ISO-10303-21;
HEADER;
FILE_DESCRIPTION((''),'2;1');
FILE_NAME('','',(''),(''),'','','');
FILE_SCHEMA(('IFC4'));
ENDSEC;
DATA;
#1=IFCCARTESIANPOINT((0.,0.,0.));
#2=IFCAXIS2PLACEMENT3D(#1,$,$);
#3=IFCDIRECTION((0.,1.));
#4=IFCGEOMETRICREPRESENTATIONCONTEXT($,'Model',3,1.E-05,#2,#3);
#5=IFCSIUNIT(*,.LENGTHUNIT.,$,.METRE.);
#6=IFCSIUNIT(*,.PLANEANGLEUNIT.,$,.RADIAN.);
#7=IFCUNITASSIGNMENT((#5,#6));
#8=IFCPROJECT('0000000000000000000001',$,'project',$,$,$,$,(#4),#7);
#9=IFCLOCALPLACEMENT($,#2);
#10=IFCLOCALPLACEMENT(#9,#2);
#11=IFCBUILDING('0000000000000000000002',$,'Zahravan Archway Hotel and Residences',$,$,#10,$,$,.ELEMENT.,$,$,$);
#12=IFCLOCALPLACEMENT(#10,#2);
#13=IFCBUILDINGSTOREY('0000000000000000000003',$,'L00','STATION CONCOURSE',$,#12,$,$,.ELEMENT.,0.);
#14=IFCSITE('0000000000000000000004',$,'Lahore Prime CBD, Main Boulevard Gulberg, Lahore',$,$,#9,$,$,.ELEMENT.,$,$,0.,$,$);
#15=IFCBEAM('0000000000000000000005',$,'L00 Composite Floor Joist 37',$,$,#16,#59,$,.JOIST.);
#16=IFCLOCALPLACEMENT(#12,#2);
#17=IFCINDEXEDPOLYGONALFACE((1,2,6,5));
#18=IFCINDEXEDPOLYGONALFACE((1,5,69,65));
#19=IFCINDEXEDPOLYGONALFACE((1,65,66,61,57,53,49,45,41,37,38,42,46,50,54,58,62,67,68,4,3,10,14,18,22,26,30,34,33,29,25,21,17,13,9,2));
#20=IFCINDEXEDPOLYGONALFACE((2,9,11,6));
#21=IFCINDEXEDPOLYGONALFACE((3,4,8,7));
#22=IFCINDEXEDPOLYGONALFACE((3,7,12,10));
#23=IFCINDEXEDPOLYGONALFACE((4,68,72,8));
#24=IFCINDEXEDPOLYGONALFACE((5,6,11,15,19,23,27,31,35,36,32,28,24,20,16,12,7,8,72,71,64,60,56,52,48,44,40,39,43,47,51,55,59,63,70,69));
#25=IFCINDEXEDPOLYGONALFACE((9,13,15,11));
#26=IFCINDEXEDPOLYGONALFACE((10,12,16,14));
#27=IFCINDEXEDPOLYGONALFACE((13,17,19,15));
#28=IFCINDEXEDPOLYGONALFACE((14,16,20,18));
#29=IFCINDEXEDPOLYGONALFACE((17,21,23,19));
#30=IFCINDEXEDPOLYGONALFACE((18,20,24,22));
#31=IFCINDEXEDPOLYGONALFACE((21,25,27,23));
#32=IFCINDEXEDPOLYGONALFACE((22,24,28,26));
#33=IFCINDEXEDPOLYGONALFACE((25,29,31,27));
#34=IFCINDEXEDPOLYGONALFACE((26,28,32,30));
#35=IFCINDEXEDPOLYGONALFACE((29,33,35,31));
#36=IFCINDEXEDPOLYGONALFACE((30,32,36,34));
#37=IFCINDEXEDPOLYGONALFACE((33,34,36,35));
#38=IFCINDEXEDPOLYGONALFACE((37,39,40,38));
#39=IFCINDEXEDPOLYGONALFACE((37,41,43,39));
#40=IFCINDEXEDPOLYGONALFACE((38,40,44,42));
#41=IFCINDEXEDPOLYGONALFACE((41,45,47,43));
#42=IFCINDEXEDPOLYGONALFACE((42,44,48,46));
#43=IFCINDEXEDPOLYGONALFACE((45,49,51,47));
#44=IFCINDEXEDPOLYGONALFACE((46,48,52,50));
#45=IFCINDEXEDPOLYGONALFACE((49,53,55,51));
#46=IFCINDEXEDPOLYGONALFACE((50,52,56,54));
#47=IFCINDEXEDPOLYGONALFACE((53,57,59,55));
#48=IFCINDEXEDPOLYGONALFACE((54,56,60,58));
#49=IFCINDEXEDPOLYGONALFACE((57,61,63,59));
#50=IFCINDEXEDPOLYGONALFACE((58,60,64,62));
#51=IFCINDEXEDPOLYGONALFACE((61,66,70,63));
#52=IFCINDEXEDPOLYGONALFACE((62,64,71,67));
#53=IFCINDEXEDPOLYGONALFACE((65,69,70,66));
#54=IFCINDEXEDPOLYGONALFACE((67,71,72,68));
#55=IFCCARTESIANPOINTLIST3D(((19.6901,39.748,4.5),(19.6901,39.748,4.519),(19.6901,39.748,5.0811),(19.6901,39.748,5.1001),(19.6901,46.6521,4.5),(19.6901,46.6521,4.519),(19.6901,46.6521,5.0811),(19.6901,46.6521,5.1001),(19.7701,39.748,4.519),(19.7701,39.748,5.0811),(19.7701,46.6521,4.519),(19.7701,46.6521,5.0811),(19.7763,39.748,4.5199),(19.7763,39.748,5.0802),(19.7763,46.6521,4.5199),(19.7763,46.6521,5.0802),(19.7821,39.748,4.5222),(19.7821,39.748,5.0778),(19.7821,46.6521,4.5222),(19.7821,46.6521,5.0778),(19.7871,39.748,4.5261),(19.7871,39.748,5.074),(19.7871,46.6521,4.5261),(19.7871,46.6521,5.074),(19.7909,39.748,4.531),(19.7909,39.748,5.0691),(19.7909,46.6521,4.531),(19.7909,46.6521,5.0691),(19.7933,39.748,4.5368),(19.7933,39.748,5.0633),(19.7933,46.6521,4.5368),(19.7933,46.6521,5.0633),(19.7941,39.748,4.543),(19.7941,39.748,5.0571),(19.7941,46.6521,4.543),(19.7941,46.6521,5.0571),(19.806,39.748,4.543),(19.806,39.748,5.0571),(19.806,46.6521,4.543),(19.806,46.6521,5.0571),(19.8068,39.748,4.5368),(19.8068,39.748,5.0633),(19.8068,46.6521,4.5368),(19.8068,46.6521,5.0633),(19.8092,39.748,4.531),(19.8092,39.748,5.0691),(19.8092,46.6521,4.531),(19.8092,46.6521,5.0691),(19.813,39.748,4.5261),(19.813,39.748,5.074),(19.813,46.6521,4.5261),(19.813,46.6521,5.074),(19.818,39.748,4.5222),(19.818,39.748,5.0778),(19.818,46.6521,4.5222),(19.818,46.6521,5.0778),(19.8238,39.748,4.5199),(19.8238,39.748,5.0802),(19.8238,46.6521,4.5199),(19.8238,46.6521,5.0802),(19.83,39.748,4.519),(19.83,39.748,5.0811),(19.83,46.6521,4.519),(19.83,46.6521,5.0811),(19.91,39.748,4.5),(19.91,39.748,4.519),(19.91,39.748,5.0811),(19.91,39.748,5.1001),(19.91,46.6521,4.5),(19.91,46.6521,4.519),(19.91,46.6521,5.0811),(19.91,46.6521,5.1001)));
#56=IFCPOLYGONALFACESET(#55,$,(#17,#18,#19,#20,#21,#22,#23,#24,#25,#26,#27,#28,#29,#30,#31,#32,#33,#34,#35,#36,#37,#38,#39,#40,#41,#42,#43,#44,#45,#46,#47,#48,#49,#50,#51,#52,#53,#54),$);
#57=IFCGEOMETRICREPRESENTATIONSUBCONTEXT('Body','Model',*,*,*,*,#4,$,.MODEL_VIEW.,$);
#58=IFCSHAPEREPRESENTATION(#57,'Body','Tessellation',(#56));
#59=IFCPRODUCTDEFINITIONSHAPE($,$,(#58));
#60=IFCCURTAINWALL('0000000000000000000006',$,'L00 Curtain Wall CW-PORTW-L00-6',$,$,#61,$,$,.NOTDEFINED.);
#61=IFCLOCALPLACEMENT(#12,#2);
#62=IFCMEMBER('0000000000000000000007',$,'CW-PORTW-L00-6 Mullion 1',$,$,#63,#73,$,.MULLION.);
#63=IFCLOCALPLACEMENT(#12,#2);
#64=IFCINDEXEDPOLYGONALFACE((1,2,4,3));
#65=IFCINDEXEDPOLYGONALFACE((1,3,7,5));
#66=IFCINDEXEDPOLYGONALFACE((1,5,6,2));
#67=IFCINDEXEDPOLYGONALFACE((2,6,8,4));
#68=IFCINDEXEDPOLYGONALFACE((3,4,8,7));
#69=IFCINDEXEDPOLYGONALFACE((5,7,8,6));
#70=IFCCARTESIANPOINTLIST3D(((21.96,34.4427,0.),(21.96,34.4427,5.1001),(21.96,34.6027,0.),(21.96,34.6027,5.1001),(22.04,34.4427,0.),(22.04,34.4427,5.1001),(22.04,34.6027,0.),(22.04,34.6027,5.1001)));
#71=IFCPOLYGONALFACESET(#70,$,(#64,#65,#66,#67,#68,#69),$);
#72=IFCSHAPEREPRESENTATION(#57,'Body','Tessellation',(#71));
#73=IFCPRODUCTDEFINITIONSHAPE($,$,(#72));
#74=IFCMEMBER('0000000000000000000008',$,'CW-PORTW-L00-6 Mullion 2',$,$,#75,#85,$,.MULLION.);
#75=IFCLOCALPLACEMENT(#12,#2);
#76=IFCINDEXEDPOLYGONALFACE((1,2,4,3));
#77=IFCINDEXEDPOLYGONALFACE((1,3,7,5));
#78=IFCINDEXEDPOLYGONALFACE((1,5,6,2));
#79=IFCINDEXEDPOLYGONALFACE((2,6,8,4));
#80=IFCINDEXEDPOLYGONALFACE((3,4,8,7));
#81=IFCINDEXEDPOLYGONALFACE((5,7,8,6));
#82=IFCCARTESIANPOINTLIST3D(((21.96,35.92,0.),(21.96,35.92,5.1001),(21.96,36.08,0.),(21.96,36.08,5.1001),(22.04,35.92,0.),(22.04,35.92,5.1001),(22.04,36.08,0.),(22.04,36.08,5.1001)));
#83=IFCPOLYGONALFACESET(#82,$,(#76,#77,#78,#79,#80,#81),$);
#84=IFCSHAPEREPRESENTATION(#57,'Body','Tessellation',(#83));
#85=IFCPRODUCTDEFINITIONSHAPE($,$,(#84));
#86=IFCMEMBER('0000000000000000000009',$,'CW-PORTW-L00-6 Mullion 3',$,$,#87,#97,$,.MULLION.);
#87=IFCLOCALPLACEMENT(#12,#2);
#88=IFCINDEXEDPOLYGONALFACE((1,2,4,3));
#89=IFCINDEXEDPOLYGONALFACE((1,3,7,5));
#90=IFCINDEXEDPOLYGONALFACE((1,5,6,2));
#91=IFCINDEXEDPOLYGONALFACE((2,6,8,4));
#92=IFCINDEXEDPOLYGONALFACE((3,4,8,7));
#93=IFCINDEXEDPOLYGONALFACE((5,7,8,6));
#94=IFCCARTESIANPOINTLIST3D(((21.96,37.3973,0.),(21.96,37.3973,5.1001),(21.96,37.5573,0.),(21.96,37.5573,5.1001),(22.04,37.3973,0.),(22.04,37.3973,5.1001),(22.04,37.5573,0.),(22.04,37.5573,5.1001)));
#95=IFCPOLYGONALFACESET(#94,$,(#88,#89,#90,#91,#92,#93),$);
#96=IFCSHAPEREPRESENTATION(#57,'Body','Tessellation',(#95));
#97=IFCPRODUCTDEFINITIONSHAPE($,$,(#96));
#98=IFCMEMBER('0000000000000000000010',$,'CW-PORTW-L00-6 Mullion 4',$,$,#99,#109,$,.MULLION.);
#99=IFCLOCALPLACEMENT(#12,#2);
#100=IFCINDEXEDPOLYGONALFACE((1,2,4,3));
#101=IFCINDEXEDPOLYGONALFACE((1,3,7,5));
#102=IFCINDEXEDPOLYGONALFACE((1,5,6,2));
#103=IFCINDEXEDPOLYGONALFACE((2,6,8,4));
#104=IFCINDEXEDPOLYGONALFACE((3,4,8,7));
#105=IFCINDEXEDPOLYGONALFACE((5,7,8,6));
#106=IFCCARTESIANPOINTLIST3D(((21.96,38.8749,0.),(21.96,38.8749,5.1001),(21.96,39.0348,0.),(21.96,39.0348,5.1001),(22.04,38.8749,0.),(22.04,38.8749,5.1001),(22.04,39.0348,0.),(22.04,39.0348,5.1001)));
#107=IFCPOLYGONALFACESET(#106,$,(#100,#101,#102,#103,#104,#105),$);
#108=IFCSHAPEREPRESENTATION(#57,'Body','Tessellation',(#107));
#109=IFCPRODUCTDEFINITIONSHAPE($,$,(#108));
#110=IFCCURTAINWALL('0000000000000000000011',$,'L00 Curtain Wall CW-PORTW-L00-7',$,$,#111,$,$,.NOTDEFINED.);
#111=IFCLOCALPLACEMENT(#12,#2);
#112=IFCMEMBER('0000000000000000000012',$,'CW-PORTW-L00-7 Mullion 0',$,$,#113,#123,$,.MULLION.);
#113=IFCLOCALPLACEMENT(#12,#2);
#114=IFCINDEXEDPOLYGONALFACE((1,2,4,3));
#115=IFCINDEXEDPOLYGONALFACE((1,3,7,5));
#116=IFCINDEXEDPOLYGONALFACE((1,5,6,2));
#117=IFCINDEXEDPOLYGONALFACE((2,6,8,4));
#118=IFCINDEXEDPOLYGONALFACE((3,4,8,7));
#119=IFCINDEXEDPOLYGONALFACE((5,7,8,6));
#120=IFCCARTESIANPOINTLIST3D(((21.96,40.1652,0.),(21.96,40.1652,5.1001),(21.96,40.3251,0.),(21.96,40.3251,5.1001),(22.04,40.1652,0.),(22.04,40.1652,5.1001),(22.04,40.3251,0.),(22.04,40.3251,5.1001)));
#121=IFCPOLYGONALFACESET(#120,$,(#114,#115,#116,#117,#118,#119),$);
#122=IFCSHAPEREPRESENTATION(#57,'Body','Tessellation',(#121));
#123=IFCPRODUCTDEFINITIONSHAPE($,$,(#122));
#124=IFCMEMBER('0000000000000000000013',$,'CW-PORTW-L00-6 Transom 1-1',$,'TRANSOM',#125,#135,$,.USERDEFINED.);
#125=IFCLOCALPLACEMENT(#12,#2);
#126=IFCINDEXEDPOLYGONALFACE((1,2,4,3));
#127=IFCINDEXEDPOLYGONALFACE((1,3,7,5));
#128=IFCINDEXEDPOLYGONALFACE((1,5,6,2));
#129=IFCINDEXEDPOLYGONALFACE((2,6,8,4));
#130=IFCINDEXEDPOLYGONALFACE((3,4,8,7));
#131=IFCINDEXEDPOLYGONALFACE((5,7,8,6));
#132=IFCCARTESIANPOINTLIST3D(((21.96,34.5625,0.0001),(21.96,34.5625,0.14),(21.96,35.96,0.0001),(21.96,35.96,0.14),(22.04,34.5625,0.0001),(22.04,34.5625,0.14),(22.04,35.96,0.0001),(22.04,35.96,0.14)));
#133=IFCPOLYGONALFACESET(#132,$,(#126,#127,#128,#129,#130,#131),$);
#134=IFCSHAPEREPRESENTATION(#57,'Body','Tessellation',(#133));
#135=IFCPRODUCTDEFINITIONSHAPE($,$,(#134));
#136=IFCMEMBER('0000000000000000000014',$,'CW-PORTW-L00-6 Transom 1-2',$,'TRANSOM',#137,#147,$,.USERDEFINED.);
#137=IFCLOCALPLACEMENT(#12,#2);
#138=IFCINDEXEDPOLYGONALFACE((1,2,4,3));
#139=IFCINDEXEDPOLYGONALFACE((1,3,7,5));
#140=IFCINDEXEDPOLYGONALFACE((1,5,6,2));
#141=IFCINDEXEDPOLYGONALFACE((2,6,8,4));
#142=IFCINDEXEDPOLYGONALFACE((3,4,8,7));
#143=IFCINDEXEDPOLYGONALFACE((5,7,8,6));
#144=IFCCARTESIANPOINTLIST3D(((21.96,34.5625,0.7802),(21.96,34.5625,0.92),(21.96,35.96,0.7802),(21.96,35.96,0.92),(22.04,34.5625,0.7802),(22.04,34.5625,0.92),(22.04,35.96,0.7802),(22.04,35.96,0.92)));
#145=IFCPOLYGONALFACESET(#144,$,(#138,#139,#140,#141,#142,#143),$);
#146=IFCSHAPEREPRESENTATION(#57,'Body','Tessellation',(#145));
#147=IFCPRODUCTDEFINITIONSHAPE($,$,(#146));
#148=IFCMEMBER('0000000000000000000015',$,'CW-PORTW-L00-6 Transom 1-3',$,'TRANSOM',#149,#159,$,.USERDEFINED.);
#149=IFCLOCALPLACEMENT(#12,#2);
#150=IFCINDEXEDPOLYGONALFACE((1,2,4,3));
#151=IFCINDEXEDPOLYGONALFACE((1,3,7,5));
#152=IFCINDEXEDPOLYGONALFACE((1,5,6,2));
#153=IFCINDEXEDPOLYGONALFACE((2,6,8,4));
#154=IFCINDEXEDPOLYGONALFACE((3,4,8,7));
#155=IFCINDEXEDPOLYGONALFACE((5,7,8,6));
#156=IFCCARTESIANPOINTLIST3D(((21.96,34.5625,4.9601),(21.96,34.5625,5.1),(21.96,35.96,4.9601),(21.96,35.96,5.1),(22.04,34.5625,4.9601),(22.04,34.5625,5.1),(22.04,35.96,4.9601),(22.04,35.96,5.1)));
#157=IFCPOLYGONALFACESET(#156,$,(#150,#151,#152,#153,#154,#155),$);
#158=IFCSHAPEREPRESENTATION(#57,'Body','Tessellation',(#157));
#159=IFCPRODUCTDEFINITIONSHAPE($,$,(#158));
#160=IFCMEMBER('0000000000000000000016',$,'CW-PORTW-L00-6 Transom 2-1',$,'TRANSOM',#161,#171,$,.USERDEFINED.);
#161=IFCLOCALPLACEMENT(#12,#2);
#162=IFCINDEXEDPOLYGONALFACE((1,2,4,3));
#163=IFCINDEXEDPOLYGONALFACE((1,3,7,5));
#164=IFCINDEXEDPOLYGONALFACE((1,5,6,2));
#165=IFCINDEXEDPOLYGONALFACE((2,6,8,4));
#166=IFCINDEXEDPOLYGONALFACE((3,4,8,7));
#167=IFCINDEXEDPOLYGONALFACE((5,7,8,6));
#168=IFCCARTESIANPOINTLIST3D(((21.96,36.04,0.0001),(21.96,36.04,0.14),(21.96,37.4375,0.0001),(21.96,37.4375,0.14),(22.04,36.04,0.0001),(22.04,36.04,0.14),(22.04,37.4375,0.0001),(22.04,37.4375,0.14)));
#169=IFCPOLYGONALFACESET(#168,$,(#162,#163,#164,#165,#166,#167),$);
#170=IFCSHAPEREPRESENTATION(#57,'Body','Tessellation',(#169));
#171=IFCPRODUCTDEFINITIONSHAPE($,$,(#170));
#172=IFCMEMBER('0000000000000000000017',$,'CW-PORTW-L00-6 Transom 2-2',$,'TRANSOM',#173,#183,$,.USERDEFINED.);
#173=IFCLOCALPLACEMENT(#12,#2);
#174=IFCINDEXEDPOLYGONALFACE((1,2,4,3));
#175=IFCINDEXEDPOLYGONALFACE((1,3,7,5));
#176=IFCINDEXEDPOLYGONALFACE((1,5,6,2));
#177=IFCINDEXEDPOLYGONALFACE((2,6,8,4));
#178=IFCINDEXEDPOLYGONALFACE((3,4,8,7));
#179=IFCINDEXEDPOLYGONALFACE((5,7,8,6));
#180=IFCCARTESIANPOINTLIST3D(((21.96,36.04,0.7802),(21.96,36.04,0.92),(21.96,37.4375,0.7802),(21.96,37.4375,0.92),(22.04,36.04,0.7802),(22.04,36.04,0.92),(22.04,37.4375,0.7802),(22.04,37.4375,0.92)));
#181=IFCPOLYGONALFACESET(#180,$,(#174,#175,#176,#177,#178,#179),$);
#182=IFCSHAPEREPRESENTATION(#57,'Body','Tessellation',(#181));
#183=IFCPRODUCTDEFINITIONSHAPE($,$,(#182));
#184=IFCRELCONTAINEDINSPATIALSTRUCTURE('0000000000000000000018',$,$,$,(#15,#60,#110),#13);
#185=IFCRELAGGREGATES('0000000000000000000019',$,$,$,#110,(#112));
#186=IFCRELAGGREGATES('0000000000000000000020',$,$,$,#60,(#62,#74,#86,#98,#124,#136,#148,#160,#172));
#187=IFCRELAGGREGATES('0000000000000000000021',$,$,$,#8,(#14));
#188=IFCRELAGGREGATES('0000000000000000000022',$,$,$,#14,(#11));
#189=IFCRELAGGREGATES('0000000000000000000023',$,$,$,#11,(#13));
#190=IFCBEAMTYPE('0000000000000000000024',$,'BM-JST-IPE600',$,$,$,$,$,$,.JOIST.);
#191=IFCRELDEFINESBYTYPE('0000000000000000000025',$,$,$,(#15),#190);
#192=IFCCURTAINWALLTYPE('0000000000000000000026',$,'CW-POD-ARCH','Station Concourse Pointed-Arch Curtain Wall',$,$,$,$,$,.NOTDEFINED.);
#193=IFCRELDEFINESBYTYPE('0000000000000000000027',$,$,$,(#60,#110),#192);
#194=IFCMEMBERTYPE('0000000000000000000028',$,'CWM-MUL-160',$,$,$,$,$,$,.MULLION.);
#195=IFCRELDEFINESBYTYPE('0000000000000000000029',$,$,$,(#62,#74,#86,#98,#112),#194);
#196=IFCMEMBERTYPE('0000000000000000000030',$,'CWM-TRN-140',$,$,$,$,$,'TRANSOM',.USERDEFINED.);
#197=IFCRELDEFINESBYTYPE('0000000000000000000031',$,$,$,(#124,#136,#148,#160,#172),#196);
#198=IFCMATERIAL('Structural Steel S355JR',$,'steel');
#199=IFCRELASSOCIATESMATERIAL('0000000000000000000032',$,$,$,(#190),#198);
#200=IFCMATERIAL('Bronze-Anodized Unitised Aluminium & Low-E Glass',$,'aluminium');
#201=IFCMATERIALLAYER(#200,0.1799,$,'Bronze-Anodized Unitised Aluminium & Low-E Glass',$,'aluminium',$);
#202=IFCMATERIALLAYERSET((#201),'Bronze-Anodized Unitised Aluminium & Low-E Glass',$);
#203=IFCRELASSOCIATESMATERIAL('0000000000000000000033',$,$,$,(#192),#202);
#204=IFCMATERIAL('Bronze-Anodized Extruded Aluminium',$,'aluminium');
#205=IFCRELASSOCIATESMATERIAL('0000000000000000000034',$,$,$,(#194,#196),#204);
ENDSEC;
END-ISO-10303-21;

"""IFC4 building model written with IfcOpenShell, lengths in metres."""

from ifc_helpers import new_model, si_unit, direction, frame, origin, origin_2d, place, context, subcontext, project, spatial, rectangle, i_section, extrude, source, transform, mapped, material, layer, layer_set, material_profile, profile_set, type_object, type_shapes, element, aggregate, save


model = new_model("IFC4")

# Units and contexts
model_context = context("Model", 3, precision=1e-05, world=origin(), true_north=direction((0.0, 1.0)))
body_context = subcontext(model_context, "Body", "Model", "MODEL_VIEW")
ifc_project = project(units=[si_unit("LENGTHUNIT", "METRE"), si_unit("PLANEANGLEUNIT", "RADIAN")], contexts=[model_context])

# Site, building, storey
site_placement = place(None, origin())
site = spatial("IfcSite", under=ifc_project, at=site_placement, Name="Lahore Prime CBD, Main Boulevard Gulberg, Lahore", CompositionType="ELEMENT", RefElevation=0.0)
building_placement = place(site_placement, origin())
building = spatial("IfcBuilding", under=site, at=building_placement, Name="Zahravan Archway Hotel and Residences", CompositionType="ELEMENT")
storey_placement = place(building_placement, origin())
storey = spatial("IfcBuildingStorey", under=building, at=storey_placement, Name="L00", Description="STATION CONCOURSE", CompositionType="ELEMENT", Elevation=0.0)

# Beam
ifc_material_1 = material(Name="Structural Steel S355JR", Category="steel")
ifc_material_profile_1 = material_profile(ifc_material_1, i_section(OverallWidth=0.22, OverallDepth=0.6001, WebThickness=0.012, FlangeThickness=0.019, FilletRadius=0.0239, at=origin_2d()), Name="IPE 600", Category="steel")
ifc_profile_set_1 = profile_set([ifc_material_profile_1], Name="Structural Steel S355JR")
beam_type_1 = type_object("IfcBeamType", Name="BM-JST-IPE600", PredefinedType="JOIST", material=ifc_profile_set_1)
shared_shape_1 = source(origin(), body_context, "Body", "SweptSolid", [
    extrude(i_section(OverallWidth=0.22, OverallDepth=0.6001, WebThickness=0.012, FlangeThickness=0.019, FilletRadius=0.0239, at=origin_2d()), origin(), (0.0, 0.0, 1.0), 6.9041),
])
type_shapes(beam_type_1, [shared_shape_1])
for number, where, z_axis, x_axis, name in (
    (1, (19.8, 39.748, 4.8), (0.0, 1.0, 0.0), (-1.0, 0.0, 0.0), "L00 Composite Floor Joist 37"),
):
    element("IfcBeam", number, at=place(storey_placement, frame(where, z_axis=z_axis, x_axis=x_axis)), inside=storey, type_object=beam_type_1, Name=name, PredefinedType="JOIST", context=body_context, shape_type="MappedRepresentation", body=[
        mapped(shared_shape_1, transform((0.0, 0.0, 0.0), scale=1.0)),
    ])

# Curtain wall, members
ifc_material_2 = material(Name="Bronze-Anodized Unitised Aluminium & Low-E Glass", Category="aluminium")
ifc_layer_1 = layer(ifc_material_2, 0.1799, Name="Bronze-Anodized Unitised Aluminium & Low-E Glass", Category="aluminium")
ifc_layer_set_1 = layer_set([ifc_layer_1], Name="Bronze-Anodized Unitised Aluminium & Low-E Glass")
curtain_wall_type = type_object("IfcCurtainWallType", Name="CW-POD-ARCH", Description="Station Concourse Pointed-Arch Curtain Wall", PredefinedType="NOTDEFINED", material=ifc_layer_set_1)
curtain_wall_1_placement = place(storey_placement, origin())
curtain_wall_1 = element("IfcCurtainWall", 2, at=curtain_wall_1_placement, inside=storey, type_object=curtain_wall_type, Name="L00 Curtain Wall CW-PORTW-L00-6", PredefinedType="NOTDEFINED")
ifc_material_3 = material(Name="Bronze-Anodized Extruded Aluminium", Category="aluminium")
ifc_material_profile_2 = material_profile(ifc_material_3, rectangle(XDim=0.0801, YDim=0.1599, at=origin_2d()), Name="MUL 80x160", Category="aluminium")
ifc_profile_set_2 = profile_set([ifc_material_profile_2], Name="Bronze-Anodized Extruded Aluminium")
member_type_1 = type_object("IfcMemberType", Name="CWM-MUL-160", PredefinedType="MULLION", material=ifc_profile_set_2)
shared_shape_2 = source(origin(), body_context, "Body", "SweptSolid", [
    extrude(rectangle(XDim=0.0801, YDim=0.1599, at=origin_2d()), origin(), (0.0, 0.0, 1.0), 5.1001),
])
member_1_placement = place(storey_placement, frame((22.0, 34.5227, 0.0), z_axis=(0.0, 0.0, 1.0), x_axis=(1.0, 0.0, 0.0)))
member_1 = element("IfcMember", 3, at=member_1_placement, type_object=member_type_1, Name="CW-PORTW-L00-6 Mullion 1", PredefinedType="MULLION", context=body_context, shape_type="MappedRepresentation", body=[
    mapped(shared_shape_2, transform((0.0, 0.0, 0.0), scale=1.0)),
])
member_2_placement = place(storey_placement, frame((22.0, 36.0, 0.0), z_axis=(0.0, 0.0, 1.0), x_axis=(1.0, 0.0, 0.0)))
member_2 = element("IfcMember", 4, at=member_2_placement, type_object=member_type_1, Name="CW-PORTW-L00-6 Mullion 2", PredefinedType="MULLION", context=body_context, shape_type="MappedRepresentation", body=[
    mapped(shared_shape_2, transform((0.0, 0.0, 0.0), scale=1.0)),
])
member_3_placement = place(storey_placement, frame((22.0, 37.4773, 0.0), z_axis=(0.0, 0.0, 1.0), x_axis=(1.0, 0.0, 0.0)))
member_3 = element("IfcMember", 5, at=member_3_placement, type_object=member_type_1, Name="CW-PORTW-L00-6 Mullion 3", PredefinedType="MULLION", context=body_context, shape_type="MappedRepresentation", body=[
    mapped(shared_shape_2, transform((0.0, 0.0, 0.0), scale=1.0)),
])
member_4_placement = place(storey_placement, frame((22.0, 38.9548, 0.0), z_axis=(0.0, 0.0, 1.0), x_axis=(1.0, 0.0, 0.0)))
member_4 = element("IfcMember", 6, at=member_4_placement, type_object=member_type_1, Name="CW-PORTW-L00-6 Mullion 4", PredefinedType="MULLION", context=body_context, shape_type="MappedRepresentation", body=[
    mapped(shared_shape_2, transform((0.0, 0.0, 0.0), scale=1.0)),
])

# Curtain wall, member
curtain_wall_2_placement = place(storey_placement, origin())
curtain_wall_2 = element("IfcCurtainWall", 7, at=curtain_wall_2_placement, inside=storey, type_object=curtain_wall_type, Name="L00 Curtain Wall CW-PORTW-L00-7", PredefinedType="NOTDEFINED")
member_5_placement = place(storey_placement, frame((22.0, 40.2451, 0.0), z_axis=(0.0, 0.0, 1.0), x_axis=(1.0, 0.0, 0.0)))
member_5 = element("IfcMember", 8, at=member_5_placement, type_object=member_type_1, Name="CW-PORTW-L00-7 Mullion 0", PredefinedType="MULLION", context=body_context, shape_type="MappedRepresentation", body=[
    mapped(shared_shape_2, transform((0.0, 0.0, 0.0), scale=1.0)),
])

# Members
ifc_material_profile_3 = material_profile(ifc_material_3, rectangle(XDim=0.0801, YDim=0.1399, at=origin_2d()), Name="TRN 80x140", Category="aluminium")
ifc_profile_set_3 = profile_set([ifc_material_profile_3], Name="Bronze-Anodized Extruded Aluminium")
member_type_2 = type_object("IfcMemberType", Name="CWM-TRN-140", ElementType="TRANSOM", PredefinedType="USERDEFINED", material=ifc_profile_set_3)
shared_shape_3 = source(origin(), body_context, "Body", "SweptSolid", [
    extrude(rectangle(XDim=0.0801, YDim=0.1399, at=origin_2d()), origin(), (0.0, 0.0, 1.0), 1.3975),
])
member_6_placement = place(storey_placement, frame((22.0, 34.5625, 0.0701), z_axis=(0.0, 1.0, 0.0), x_axis=(-1.0, 0.0, 0.0)))
member_6 = element("IfcMember", 9, at=member_6_placement, type_object=member_type_2, Name="CW-PORTW-L00-6 Transom 1-1", ObjectType="TRANSOM", PredefinedType="USERDEFINED", context=body_context, shape_type="MappedRepresentation", body=[
    mapped(shared_shape_3, transform((0.0, 0.0, 0.0), scale=1.0)),
])
member_7_placement = place(storey_placement, frame((22.0, 34.5625, 0.8501), z_axis=(0.0, 1.0, 0.0), x_axis=(-1.0, 0.0, 0.0)))
member_7 = element("IfcMember", 10, at=member_7_placement, type_object=member_type_2, Name="CW-PORTW-L00-6 Transom 1-2", ObjectType="TRANSOM", PredefinedType="USERDEFINED", context=body_context, shape_type="MappedRepresentation", body=[
    mapped(shared_shape_3, transform((0.0, 0.0, 0.0), scale=1.0)),
])
member_8_placement = place(storey_placement, frame((22.0, 34.5625, 5.03), z_axis=(0.0, 1.0, 0.0), x_axis=(-1.0, 0.0, 0.0)))
member_8 = element("IfcMember", 11, at=member_8_placement, type_object=member_type_2, Name="CW-PORTW-L00-6 Transom 1-3", ObjectType="TRANSOM", PredefinedType="USERDEFINED", context=body_context, shape_type="MappedRepresentation", body=[
    mapped(shared_shape_3, transform((0.0, 0.0, 0.0), scale=1.0)),
])
member_9_placement = place(storey_placement, frame((22.0, 36.04, 0.0701), z_axis=(0.0, 1.0, 0.0), x_axis=(-1.0, 0.0, 0.0)))
member_9 = element("IfcMember", 12, at=member_9_placement, type_object=member_type_2, Name="CW-PORTW-L00-6 Transom 2-1", ObjectType="TRANSOM", PredefinedType="USERDEFINED", context=body_context, shape_type="MappedRepresentation", body=[
    mapped(shared_shape_3, transform((0.0, 0.0, 0.0), scale=1.0)),
])
member_10_placement = place(storey_placement, frame((22.0, 36.04, 0.8501), z_axis=(0.0, 1.0, 0.0), x_axis=(-1.0, 0.0, 0.0)))
member_10 = element("IfcMember", 13, at=member_10_placement, type_object=member_type_2, Name="CW-PORTW-L00-6 Transom 2-2", ObjectType="TRANSOM", PredefinedType="USERDEFINED", context=body_context, shape_type="MappedRepresentation", body=[
    mapped(shared_shape_3, transform((0.0, 0.0, 0.0), scale=1.0)),
])
aggregate(curtain_wall_2, [member_5])

aggregate(curtain_wall_1, [member_1, member_2, member_3, member_4, member_6, member_7, member_8, member_9, member_10])

save(model, "model.ifc")
